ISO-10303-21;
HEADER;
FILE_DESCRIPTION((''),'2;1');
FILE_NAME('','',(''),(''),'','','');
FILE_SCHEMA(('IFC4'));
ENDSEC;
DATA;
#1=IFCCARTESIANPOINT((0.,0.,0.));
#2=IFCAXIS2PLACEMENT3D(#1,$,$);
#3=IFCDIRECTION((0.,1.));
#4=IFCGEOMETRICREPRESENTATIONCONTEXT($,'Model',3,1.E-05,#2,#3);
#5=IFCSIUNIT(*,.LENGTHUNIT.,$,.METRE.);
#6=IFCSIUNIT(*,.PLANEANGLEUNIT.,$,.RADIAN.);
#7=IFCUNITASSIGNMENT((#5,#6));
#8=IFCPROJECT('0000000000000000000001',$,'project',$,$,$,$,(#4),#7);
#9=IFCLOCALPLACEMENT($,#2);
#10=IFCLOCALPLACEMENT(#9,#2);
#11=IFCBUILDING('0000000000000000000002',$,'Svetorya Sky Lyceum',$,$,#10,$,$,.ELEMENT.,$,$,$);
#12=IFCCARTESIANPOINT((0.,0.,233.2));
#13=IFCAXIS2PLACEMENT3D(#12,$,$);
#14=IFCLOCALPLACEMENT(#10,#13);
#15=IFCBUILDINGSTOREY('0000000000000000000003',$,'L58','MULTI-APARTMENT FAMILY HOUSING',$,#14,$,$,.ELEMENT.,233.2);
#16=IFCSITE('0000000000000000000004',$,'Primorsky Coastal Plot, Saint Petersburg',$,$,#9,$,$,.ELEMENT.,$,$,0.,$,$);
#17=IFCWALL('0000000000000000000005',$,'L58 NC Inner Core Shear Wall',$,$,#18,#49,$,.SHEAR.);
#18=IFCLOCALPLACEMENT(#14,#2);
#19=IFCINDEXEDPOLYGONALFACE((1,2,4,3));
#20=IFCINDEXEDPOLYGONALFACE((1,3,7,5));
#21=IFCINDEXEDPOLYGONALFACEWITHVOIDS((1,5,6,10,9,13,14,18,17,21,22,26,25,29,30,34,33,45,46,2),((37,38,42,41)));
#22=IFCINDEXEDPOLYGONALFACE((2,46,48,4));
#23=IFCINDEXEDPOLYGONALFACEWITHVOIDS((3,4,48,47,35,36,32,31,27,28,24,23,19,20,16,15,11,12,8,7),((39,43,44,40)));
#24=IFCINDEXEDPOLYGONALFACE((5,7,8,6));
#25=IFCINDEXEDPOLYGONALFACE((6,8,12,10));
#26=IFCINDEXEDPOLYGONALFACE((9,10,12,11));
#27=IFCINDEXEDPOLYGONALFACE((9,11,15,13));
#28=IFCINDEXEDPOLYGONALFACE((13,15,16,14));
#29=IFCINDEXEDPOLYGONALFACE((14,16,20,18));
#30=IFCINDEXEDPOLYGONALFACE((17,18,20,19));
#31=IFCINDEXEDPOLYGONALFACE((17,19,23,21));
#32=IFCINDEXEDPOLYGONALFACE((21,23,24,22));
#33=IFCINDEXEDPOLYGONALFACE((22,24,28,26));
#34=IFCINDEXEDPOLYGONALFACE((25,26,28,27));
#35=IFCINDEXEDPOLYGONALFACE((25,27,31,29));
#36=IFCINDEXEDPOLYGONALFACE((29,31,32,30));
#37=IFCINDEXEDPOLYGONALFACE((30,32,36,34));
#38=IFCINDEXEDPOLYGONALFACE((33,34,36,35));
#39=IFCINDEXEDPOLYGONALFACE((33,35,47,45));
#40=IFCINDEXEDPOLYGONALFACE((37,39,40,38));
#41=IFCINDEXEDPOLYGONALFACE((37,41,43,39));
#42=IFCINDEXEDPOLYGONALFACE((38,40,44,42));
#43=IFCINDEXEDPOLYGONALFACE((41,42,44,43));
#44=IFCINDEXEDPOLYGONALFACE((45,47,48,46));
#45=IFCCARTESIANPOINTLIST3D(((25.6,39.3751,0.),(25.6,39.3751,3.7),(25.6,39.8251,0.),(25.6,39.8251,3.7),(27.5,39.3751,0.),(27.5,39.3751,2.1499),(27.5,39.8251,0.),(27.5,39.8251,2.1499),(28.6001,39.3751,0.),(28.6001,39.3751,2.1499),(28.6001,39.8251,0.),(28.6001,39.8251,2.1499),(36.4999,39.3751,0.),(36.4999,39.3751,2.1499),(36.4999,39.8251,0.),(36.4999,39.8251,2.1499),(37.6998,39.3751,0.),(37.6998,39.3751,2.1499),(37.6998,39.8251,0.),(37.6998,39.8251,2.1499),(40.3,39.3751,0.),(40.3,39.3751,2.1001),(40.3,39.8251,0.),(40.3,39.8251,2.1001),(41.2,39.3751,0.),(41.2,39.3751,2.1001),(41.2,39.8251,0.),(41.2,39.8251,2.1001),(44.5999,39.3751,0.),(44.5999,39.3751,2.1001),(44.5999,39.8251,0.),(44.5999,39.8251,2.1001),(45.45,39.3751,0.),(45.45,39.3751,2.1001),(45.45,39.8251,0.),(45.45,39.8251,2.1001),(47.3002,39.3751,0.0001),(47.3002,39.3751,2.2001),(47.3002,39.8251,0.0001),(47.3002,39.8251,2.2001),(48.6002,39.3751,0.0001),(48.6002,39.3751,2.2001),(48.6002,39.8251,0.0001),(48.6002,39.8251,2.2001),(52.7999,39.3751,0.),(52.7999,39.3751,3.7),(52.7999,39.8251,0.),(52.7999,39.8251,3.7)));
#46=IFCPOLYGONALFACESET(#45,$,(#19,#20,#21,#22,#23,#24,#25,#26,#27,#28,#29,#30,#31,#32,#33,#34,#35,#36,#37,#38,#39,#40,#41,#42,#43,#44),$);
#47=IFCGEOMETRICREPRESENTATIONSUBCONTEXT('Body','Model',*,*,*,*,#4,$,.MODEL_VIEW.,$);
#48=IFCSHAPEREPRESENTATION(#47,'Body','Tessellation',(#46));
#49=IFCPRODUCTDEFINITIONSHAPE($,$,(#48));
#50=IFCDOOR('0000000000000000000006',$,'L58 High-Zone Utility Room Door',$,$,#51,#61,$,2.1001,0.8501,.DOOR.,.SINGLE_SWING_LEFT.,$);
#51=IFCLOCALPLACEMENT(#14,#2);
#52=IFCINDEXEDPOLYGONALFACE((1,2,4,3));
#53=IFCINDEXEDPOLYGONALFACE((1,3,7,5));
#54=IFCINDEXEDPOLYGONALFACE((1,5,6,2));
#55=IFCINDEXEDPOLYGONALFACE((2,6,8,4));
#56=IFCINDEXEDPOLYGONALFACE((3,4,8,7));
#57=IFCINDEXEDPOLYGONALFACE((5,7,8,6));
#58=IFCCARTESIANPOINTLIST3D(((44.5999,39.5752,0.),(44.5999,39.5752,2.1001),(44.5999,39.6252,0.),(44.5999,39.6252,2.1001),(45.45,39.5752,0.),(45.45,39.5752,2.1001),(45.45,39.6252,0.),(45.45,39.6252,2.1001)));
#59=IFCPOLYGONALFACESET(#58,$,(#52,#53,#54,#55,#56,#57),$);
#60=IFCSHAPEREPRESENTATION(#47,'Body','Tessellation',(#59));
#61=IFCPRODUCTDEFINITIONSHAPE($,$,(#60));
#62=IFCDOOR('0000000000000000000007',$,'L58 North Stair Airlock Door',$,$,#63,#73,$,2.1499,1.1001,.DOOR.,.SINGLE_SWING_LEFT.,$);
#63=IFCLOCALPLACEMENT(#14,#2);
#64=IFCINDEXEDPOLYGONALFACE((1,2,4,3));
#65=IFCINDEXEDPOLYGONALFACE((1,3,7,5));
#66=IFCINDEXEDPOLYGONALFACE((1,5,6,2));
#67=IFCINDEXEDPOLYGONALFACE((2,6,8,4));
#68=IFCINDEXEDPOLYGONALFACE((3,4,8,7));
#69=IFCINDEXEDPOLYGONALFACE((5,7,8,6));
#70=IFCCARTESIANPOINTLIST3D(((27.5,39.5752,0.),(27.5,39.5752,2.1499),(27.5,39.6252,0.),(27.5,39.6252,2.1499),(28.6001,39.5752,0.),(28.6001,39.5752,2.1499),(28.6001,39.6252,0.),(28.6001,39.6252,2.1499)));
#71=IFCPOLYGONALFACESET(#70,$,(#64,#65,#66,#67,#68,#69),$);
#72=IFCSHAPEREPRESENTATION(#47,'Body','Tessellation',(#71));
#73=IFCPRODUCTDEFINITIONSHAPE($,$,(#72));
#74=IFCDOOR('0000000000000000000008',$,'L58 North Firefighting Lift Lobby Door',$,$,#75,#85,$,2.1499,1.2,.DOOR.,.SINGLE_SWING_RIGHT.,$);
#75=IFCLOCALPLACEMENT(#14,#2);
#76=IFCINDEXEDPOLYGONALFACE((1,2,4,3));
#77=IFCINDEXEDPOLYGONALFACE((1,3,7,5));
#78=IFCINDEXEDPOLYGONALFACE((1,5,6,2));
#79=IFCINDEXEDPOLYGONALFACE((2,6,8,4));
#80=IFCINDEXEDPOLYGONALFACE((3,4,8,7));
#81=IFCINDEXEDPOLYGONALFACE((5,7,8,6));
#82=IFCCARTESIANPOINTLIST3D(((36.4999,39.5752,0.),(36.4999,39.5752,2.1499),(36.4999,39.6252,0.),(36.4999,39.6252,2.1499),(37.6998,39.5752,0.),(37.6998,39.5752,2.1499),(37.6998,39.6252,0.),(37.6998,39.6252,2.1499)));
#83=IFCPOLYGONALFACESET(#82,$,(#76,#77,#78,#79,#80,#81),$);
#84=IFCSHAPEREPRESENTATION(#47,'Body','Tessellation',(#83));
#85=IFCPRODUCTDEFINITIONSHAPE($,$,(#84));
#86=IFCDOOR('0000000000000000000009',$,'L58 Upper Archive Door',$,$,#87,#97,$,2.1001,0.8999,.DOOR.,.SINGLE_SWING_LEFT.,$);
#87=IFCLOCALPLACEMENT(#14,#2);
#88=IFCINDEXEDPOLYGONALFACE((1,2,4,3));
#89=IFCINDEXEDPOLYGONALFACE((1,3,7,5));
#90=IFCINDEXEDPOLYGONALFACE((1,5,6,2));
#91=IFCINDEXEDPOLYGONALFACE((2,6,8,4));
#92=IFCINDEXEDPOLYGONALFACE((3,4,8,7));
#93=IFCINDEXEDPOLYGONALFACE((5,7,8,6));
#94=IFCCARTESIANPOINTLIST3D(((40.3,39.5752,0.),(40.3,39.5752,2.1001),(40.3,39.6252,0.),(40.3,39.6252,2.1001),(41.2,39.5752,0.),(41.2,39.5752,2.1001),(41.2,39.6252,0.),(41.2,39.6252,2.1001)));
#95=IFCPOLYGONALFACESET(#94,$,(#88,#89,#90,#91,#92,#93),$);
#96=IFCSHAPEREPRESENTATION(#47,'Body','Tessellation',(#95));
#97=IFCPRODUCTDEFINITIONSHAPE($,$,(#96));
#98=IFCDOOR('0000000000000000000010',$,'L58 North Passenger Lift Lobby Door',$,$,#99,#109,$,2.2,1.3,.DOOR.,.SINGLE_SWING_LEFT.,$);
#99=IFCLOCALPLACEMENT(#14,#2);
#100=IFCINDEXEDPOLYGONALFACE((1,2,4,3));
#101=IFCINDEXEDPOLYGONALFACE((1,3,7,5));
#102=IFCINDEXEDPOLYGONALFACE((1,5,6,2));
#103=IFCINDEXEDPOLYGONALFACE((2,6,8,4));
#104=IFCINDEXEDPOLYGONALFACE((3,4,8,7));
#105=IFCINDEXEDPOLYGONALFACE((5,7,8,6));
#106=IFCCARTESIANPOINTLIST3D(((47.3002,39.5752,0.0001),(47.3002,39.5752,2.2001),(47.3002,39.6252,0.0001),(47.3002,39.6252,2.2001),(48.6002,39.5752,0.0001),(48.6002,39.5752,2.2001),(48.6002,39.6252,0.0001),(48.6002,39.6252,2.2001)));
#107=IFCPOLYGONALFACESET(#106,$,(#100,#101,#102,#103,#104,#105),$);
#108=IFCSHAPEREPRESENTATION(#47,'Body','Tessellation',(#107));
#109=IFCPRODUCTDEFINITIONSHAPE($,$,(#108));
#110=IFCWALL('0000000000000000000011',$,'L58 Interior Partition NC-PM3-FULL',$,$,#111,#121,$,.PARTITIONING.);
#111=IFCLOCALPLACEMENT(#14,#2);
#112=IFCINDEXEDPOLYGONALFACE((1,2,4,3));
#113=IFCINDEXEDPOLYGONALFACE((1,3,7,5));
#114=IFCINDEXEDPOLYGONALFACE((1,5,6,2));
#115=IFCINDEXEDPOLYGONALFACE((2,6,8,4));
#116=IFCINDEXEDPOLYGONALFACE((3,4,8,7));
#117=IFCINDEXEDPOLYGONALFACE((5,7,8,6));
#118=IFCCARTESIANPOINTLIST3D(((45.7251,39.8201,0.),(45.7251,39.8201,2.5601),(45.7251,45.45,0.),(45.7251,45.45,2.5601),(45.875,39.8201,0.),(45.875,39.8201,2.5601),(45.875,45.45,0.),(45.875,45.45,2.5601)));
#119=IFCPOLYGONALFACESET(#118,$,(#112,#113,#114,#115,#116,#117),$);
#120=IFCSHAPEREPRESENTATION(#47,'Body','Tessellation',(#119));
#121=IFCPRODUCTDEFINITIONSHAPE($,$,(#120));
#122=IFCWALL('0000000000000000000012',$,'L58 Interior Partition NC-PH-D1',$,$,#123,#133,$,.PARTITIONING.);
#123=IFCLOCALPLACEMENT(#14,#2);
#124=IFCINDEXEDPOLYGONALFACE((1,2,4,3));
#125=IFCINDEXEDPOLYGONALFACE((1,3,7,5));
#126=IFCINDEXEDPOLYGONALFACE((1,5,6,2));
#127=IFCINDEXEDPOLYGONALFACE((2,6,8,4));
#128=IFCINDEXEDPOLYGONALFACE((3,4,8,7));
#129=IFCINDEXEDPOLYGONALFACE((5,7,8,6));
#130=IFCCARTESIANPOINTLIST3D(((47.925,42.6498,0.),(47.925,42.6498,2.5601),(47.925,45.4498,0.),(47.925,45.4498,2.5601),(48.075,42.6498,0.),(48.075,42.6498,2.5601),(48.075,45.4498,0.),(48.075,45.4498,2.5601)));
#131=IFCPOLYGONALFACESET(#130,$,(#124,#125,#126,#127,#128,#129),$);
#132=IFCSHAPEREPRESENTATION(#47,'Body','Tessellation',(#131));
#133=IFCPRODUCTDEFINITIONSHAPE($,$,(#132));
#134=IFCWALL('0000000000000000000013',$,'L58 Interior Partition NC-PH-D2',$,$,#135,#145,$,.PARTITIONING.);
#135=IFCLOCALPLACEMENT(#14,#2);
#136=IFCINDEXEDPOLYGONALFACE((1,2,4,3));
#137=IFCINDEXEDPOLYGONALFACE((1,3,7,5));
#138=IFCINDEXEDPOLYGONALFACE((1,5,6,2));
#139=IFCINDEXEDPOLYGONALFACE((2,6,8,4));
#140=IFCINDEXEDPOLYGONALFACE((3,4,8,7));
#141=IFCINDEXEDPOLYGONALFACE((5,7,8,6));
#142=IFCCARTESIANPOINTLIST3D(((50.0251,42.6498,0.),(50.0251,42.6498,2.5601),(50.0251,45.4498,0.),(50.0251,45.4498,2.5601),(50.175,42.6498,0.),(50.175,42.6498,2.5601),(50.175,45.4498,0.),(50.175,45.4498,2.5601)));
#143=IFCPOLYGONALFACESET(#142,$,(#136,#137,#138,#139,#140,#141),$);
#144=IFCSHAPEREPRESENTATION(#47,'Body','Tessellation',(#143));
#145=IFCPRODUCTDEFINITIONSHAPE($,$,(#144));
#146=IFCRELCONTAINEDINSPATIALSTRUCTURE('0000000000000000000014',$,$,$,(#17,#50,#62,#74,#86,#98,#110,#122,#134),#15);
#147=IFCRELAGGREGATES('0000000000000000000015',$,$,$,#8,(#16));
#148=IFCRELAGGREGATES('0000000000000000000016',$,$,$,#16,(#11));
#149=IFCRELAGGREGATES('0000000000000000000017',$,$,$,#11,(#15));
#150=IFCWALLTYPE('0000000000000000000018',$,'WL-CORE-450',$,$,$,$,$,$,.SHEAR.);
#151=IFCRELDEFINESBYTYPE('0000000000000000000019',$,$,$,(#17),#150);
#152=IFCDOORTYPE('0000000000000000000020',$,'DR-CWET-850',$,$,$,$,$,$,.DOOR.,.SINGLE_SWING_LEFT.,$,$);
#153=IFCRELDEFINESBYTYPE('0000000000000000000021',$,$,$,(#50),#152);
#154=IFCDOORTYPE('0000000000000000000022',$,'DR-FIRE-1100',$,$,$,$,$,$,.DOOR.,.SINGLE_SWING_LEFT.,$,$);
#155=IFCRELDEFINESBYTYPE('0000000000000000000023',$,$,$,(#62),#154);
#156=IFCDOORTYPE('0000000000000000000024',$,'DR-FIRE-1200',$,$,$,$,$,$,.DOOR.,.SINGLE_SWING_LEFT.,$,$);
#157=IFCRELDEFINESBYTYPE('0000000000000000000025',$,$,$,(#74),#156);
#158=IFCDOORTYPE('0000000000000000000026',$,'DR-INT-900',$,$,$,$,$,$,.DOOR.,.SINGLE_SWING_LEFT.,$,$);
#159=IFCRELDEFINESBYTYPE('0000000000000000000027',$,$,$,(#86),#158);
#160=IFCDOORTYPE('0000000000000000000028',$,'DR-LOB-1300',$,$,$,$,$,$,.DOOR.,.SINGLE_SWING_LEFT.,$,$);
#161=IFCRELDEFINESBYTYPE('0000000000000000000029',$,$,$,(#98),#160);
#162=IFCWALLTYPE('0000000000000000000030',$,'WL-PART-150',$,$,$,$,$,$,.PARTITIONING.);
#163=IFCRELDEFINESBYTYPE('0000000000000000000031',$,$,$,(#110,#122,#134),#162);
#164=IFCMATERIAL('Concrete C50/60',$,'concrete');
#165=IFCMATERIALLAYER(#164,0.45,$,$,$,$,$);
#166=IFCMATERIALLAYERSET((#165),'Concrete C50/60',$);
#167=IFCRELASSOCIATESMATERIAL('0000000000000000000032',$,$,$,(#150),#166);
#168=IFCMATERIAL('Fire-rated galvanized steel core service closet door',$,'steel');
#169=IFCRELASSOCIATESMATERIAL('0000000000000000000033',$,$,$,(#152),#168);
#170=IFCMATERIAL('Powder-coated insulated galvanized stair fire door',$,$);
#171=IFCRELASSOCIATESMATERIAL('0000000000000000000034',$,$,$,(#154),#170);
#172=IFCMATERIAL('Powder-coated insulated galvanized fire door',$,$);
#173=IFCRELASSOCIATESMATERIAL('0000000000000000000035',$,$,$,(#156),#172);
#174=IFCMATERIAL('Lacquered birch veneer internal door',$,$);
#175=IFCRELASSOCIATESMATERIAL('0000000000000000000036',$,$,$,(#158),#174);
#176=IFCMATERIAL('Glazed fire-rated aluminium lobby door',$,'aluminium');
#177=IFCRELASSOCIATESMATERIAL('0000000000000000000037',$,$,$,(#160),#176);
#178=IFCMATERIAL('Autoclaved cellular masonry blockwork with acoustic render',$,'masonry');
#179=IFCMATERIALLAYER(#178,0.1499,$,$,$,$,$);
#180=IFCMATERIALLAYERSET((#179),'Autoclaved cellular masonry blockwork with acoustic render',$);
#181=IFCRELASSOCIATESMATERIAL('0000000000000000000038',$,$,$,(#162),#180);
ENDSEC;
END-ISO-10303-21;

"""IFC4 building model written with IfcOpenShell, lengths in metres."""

from ifc_helpers import new_model, si_unit, direction, frame, frame_2d, origin, place, context, subcontext, project, spatial, rectangle, extrude, material, layer, layer_set, type_object, element, fill, save


model = new_model("IFC4")

# Units and contexts
model_context = context("Model", 3, precision=1e-05, world=origin(), true_north=direction((0.0, 1.0)))
body_context = subcontext(model_context, "Body", "Model", "MODEL_VIEW")
ifc_project = project(units=[si_unit("LENGTHUNIT", "METRE"), si_unit("PLANEANGLEUNIT", "RADIAN")], contexts=[model_context])

# Site, building, storey
site_placement = place(None, origin())
site = spatial("IfcSite", under=ifc_project, at=site_placement, Name="Primorsky Coastal Plot, Saint Petersburg", CompositionType="ELEMENT", RefElevation=0.0)
building_placement = place(site_placement, origin())
building = spatial("IfcBuilding", under=site, at=building_placement, Name="Svetorya Sky Lyceum", CompositionType="ELEMENT")
storey_placement = place(building_placement, frame((0.0, 0.0, 233.2)))
storey = spatial("IfcBuildingStorey", under=building, at=storey_placement, Name="L58", Description="MULTI-APARTMENT FAMILY HOUSING", CompositionType="ELEMENT", Elevation=233.2)

# Shared definitions
ifc_material_1 = material(Name="Concrete C50/60", Category="concrete")

# Wall, openings, doors
ifc_layer_1 = layer(ifc_material_1, 0.45)
ifc_layer_set_1 = layer_set([ifc_layer_1], Name="Concrete C50/60")
wall_type_1 = type_object("IfcWallType", Name="WL-CORE-450", PredefinedType="SHEAR", material=ifc_layer_set_1)
wall_1_placement = place(storey_placement, frame((52.8, 39.6001, 0.0), z_axis=(0.0, 0.0, 1.0), x_axis=(-1.0, 0.0, 0.0)))
wall_1 = element("IfcWall", 1, at=wall_1_placement, inside=storey, type_object=wall_type_1, Name="L58 NC Inner Core Shear Wall", PredefinedType="SHEAR", context=body_context, shape_type="SweptSolid", body=[
    extrude(rectangle(XDim=27.2, YDim=0.45, at=frame_2d((13.6001, 0.0))), origin(), (0.0, 0.0, 1.0), 3.7),
])
opening_1_placement = place(wall_1_placement, frame((24.2, 0.0, 0.0)))
opening_1 = element("IfcOpeningElement", 2, at=opening_1_placement, cuts=wall_1, PredefinedType="OPENING", context=body_context, shape_type="SweptSolid", body=[
    extrude(rectangle(XDim=1.1001, YDim=2.1499, at=frame_2d((0.55, 1.075))), frame((0.0, 0.2349, 0.0), z_axis=(0.0, -1.0, 0.0), x_axis=(1.0, 0.0, 0.0)), (0.0, 0.0, 1.0), 0.47),
])
opening_2_placement = place(wall_1_placement, frame((15.1001, 0.0, 0.0)))
opening_2 = element("IfcOpeningElement", 3, at=opening_2_placement, cuts=wall_1, PredefinedType="OPENING", context=body_context, shape_type="SweptSolid", body=[
    extrude(rectangle(XDim=1.2, YDim=2.1499, at=frame_2d((0.6001, 1.075))), frame((0.0, 0.2349, 0.0), z_axis=(0.0, -1.0, 0.0), x_axis=(1.0, 0.0, 0.0)), (0.0, 0.0, 1.0), 0.47),
])
opening_3_placement = place(wall_1_placement, frame((11.6001, 0.0, 0.0)))
opening_3 = element("IfcOpeningElement", 4, at=opening_3_placement, cuts=wall_1, PredefinedType="OPENING", context=body_context, shape_type="SweptSolid", body=[
    extrude(rectangle(XDim=0.8999, YDim=2.1001, at=frame_2d((0.45, 1.05))), frame((0.0, 0.2349, 0.0), z_axis=(0.0, -1.0, 0.0), x_axis=(1.0, 0.0, 0.0)), (0.0, 0.0, 1.0), 0.47),
])
opening_4_placement = place(wall_1_placement, frame((7.3501, 0.0, 0.0)))
opening_4 = element("IfcOpeningElement", 5, at=opening_4_placement, cuts=wall_1, PredefinedType="OPENING", context=body_context, shape_type="SweptSolid", body=[
    extrude(rectangle(XDim=0.8501, YDim=2.1001, at=frame_2d((0.425, 1.05))), frame((0.0, 0.2349, 0.0), z_axis=(0.0, -1.0, 0.0), x_axis=(1.0, 0.0, 0.0)), (0.0, 0.0, 1.0), 0.47),
])
opening_5_placement = place(wall_1_placement, frame((4.2, 0.0, 0.0)))
opening_5 = element("IfcOpeningElement", 6, at=opening_5_placement, cuts=wall_1, PredefinedType="OPENING", context=body_context, shape_type="SweptSolid", body=[
    extrude(rectangle(XDim=1.3, YDim=2.2, at=frame_2d((0.6499, 1.1001))), frame((0.0, 0.2349, 0.0), z_axis=(0.0, -1.0, 0.0), x_axis=(1.0, 0.0, 0.0)), (0.0, 0.0, 1.0), 0.47),
])
ifc_material_2 = material(Name="Fire-rated galvanized steel core service closet door", Category="steel")
door_type_1 = type_object("IfcDoorType", Name="DR-CWET-850", OperationType="SINGLE_SWING_LEFT", PredefinedType="DOOR", material=ifc_material_2)
door_1_placement = place(opening_4_placement, origin())
door_1 = element("IfcDoor", 7, at=door_1_placement, inside=storey, type_object=door_type_1, Name="L58 High-Zone Utility Room Door", OperationType="SINGLE_SWING_LEFT", OverallHeight=2.1001, OverallWidth=0.8501, PredefinedType="DOOR", context=body_context, shape_type="SweptSolid", body=[
    extrude(rectangle(XDim=0.8501, YDim=2.1001, at=frame_2d((0.425, 1.05))), frame((0.0, 0.0249, 0.0), z_axis=(0.0, -1.0, 0.0), x_axis=(1.0, 0.0, 0.0)), (0.0, 0.0, 1.0), 0.05),
])
fill(opening_4, door_1)
ifc_material_3 = material(Name="Powder-coated insulated galvanized stair fire door")
door_type_2 = type_object("IfcDoorType", Name="DR-FIRE-1100", OperationType="SINGLE_SWING_LEFT", PredefinedType="DOOR", material=ifc_material_3)
door_2_placement = place(opening_1_placement, origin())
door_2 = element("IfcDoor", 8, at=door_2_placement, inside=storey, type_object=door_type_2, Name="L58 North Stair Airlock Door", OperationType="SINGLE_SWING_LEFT", OverallHeight=2.1499, OverallWidth=1.1001, PredefinedType="DOOR", context=body_context, shape_type="SweptSolid", body=[
    extrude(rectangle(XDim=1.1001, YDim=2.1499, at=frame_2d((0.55, 1.075))), frame((0.0, 0.0249, 0.0), z_axis=(0.0, -1.0, 0.0), x_axis=(1.0, 0.0, 0.0)), (0.0, 0.0, 1.0), 0.05),
])
fill(opening_1, door_2)
ifc_material_4 = material(Name="Powder-coated insulated galvanized fire door")
door_type_3 = type_object("IfcDoorType", Name="DR-FIRE-1200", OperationType="SINGLE_SWING_LEFT", PredefinedType="DOOR", material=ifc_material_4)
door_3_placement = place(opening_2_placement, origin())
door_3 = element("IfcDoor", 9, at=door_3_placement, inside=storey, type_object=door_type_3, Name="L58 North Firefighting Lift Lobby Door", OperationType="SINGLE_SWING_RIGHT", OverallHeight=2.1499, OverallWidth=1.2, PredefinedType="DOOR", context=body_context, shape_type="SweptSolid", body=[
    extrude(rectangle(XDim=1.2, YDim=2.1499, at=frame_2d((0.6001, 1.075))), frame((0.0, 0.0249, 0.0), z_axis=(0.0, -1.0, 0.0), x_axis=(1.0, 0.0, 0.0)), (0.0, 0.0, 1.0), 0.05),
])
fill(opening_2, door_3)
ifc_material_5 = material(Name="Lacquered birch veneer internal door")
door_type_4 = type_object("IfcDoorType", Name="DR-INT-900", OperationType="SINGLE_SWING_LEFT", PredefinedType="DOOR", material=ifc_material_5)
door_4_placement = place(opening_3_placement, origin())
door_4 = element("IfcDoor", 10, at=door_4_placement, inside=storey, type_object=door_type_4, Name="L58 Upper Archive Door", OperationType="SINGLE_SWING_LEFT", OverallHeight=2.1001, OverallWidth=0.8999, PredefinedType="DOOR", context=body_context, shape_type="SweptSolid", body=[
    extrude(rectangle(XDim=0.8999, YDim=2.1001, at=frame_2d((0.45, 1.05))), frame((0.0, 0.0249, 0.0), z_axis=(0.0, -1.0, 0.0), x_axis=(1.0, 0.0, 0.0)), (0.0, 0.0, 1.0), 0.05),
])
fill(opening_3, door_4)
ifc_material_6 = material(Name="Glazed fire-rated aluminium lobby door", Category="aluminium")
door_type_5 = type_object("IfcDoorType", Name="DR-LOB-1300", OperationType="SINGLE_SWING_LEFT", PredefinedType="DOOR", material=ifc_material_6)
door_5_placement = place(opening_5_placement, origin())
door_5 = element("IfcDoor", 11, at=door_5_placement, inside=storey, type_object=door_type_5, Name="L58 North Passenger Lift Lobby Door", OperationType="SINGLE_SWING_LEFT", OverallHeight=2.2, OverallWidth=1.3, PredefinedType="DOOR", context=body_context, shape_type="SweptSolid", body=[
    extrude(rectangle(XDim=1.3, YDim=2.2, at=frame_2d((0.6499, 1.1001))), frame((0.0, 0.0249, 0.0), z_axis=(0.0, -1.0, 0.0), x_axis=(1.0, 0.0, 0.0)), (0.0, 0.0, 1.0), 0.05),
])
fill(opening_5, door_5)

# Walls
ifc_material_7 = material(Name="Autoclaved cellular masonry blockwork with acoustic render", Category="masonry")
ifc_layer_2 = layer(ifc_material_7, 0.1499)
ifc_layer_set_2 = layer_set([ifc_layer_2], Name="Autoclaved cellular masonry blockwork with acoustic render")
wall_type_2 = type_object("IfcWallType", Name="WL-PART-150", PredefinedType="PARTITIONING", material=ifc_layer_set_2)
wall_2_placement = place(storey_placement, frame((45.8, 39.8201, 0.0), z_axis=(0.0, 0.0, 1.0), x_axis=(0.0, 1.0, 0.0)))
element("IfcWall", 12, at=wall_2_placement, inside=storey, type_object=wall_type_2, Name="L58 Interior Partition NC-PM3-FULL", PredefinedType="PARTITIONING", context=body_context, shape_type="SweptSolid", body=[
    extrude(rectangle(XDim=5.6299, YDim=0.1499, at=frame_2d((2.8149, 0.0))), origin(), (0.0, 0.0, 1.0), 2.5601),
])
for number, where, z_axis, x_axis, name in (
    (13, (48.0, 42.6499, 0.0), (0.0, 0.0, 1.0), (0.0, 1.0, 0.0), "L58 Interior Partition NC-PH-D1"),
    (14, (50.1001, 42.6499, 0.0), (0.0, 0.0, 1.0), (0.0, 1.0, 0.0), "L58 Interior Partition NC-PH-D2"),
):
    element("IfcWall", number, at=place(storey_placement, frame(where, z_axis=z_axis, x_axis=x_axis)), inside=storey, type_object=wall_type_2, Name=name, PredefinedType="PARTITIONING", context=body_context, shape_type="SweptSolid", body=[
        extrude(rectangle(XDim=2.8, YDim=0.1499, at=frame_2d((1.3999, 0.0))), origin(), (0.0, 0.0, 1.0), 2.5601),
    ])

save(model, "model.ifc")
